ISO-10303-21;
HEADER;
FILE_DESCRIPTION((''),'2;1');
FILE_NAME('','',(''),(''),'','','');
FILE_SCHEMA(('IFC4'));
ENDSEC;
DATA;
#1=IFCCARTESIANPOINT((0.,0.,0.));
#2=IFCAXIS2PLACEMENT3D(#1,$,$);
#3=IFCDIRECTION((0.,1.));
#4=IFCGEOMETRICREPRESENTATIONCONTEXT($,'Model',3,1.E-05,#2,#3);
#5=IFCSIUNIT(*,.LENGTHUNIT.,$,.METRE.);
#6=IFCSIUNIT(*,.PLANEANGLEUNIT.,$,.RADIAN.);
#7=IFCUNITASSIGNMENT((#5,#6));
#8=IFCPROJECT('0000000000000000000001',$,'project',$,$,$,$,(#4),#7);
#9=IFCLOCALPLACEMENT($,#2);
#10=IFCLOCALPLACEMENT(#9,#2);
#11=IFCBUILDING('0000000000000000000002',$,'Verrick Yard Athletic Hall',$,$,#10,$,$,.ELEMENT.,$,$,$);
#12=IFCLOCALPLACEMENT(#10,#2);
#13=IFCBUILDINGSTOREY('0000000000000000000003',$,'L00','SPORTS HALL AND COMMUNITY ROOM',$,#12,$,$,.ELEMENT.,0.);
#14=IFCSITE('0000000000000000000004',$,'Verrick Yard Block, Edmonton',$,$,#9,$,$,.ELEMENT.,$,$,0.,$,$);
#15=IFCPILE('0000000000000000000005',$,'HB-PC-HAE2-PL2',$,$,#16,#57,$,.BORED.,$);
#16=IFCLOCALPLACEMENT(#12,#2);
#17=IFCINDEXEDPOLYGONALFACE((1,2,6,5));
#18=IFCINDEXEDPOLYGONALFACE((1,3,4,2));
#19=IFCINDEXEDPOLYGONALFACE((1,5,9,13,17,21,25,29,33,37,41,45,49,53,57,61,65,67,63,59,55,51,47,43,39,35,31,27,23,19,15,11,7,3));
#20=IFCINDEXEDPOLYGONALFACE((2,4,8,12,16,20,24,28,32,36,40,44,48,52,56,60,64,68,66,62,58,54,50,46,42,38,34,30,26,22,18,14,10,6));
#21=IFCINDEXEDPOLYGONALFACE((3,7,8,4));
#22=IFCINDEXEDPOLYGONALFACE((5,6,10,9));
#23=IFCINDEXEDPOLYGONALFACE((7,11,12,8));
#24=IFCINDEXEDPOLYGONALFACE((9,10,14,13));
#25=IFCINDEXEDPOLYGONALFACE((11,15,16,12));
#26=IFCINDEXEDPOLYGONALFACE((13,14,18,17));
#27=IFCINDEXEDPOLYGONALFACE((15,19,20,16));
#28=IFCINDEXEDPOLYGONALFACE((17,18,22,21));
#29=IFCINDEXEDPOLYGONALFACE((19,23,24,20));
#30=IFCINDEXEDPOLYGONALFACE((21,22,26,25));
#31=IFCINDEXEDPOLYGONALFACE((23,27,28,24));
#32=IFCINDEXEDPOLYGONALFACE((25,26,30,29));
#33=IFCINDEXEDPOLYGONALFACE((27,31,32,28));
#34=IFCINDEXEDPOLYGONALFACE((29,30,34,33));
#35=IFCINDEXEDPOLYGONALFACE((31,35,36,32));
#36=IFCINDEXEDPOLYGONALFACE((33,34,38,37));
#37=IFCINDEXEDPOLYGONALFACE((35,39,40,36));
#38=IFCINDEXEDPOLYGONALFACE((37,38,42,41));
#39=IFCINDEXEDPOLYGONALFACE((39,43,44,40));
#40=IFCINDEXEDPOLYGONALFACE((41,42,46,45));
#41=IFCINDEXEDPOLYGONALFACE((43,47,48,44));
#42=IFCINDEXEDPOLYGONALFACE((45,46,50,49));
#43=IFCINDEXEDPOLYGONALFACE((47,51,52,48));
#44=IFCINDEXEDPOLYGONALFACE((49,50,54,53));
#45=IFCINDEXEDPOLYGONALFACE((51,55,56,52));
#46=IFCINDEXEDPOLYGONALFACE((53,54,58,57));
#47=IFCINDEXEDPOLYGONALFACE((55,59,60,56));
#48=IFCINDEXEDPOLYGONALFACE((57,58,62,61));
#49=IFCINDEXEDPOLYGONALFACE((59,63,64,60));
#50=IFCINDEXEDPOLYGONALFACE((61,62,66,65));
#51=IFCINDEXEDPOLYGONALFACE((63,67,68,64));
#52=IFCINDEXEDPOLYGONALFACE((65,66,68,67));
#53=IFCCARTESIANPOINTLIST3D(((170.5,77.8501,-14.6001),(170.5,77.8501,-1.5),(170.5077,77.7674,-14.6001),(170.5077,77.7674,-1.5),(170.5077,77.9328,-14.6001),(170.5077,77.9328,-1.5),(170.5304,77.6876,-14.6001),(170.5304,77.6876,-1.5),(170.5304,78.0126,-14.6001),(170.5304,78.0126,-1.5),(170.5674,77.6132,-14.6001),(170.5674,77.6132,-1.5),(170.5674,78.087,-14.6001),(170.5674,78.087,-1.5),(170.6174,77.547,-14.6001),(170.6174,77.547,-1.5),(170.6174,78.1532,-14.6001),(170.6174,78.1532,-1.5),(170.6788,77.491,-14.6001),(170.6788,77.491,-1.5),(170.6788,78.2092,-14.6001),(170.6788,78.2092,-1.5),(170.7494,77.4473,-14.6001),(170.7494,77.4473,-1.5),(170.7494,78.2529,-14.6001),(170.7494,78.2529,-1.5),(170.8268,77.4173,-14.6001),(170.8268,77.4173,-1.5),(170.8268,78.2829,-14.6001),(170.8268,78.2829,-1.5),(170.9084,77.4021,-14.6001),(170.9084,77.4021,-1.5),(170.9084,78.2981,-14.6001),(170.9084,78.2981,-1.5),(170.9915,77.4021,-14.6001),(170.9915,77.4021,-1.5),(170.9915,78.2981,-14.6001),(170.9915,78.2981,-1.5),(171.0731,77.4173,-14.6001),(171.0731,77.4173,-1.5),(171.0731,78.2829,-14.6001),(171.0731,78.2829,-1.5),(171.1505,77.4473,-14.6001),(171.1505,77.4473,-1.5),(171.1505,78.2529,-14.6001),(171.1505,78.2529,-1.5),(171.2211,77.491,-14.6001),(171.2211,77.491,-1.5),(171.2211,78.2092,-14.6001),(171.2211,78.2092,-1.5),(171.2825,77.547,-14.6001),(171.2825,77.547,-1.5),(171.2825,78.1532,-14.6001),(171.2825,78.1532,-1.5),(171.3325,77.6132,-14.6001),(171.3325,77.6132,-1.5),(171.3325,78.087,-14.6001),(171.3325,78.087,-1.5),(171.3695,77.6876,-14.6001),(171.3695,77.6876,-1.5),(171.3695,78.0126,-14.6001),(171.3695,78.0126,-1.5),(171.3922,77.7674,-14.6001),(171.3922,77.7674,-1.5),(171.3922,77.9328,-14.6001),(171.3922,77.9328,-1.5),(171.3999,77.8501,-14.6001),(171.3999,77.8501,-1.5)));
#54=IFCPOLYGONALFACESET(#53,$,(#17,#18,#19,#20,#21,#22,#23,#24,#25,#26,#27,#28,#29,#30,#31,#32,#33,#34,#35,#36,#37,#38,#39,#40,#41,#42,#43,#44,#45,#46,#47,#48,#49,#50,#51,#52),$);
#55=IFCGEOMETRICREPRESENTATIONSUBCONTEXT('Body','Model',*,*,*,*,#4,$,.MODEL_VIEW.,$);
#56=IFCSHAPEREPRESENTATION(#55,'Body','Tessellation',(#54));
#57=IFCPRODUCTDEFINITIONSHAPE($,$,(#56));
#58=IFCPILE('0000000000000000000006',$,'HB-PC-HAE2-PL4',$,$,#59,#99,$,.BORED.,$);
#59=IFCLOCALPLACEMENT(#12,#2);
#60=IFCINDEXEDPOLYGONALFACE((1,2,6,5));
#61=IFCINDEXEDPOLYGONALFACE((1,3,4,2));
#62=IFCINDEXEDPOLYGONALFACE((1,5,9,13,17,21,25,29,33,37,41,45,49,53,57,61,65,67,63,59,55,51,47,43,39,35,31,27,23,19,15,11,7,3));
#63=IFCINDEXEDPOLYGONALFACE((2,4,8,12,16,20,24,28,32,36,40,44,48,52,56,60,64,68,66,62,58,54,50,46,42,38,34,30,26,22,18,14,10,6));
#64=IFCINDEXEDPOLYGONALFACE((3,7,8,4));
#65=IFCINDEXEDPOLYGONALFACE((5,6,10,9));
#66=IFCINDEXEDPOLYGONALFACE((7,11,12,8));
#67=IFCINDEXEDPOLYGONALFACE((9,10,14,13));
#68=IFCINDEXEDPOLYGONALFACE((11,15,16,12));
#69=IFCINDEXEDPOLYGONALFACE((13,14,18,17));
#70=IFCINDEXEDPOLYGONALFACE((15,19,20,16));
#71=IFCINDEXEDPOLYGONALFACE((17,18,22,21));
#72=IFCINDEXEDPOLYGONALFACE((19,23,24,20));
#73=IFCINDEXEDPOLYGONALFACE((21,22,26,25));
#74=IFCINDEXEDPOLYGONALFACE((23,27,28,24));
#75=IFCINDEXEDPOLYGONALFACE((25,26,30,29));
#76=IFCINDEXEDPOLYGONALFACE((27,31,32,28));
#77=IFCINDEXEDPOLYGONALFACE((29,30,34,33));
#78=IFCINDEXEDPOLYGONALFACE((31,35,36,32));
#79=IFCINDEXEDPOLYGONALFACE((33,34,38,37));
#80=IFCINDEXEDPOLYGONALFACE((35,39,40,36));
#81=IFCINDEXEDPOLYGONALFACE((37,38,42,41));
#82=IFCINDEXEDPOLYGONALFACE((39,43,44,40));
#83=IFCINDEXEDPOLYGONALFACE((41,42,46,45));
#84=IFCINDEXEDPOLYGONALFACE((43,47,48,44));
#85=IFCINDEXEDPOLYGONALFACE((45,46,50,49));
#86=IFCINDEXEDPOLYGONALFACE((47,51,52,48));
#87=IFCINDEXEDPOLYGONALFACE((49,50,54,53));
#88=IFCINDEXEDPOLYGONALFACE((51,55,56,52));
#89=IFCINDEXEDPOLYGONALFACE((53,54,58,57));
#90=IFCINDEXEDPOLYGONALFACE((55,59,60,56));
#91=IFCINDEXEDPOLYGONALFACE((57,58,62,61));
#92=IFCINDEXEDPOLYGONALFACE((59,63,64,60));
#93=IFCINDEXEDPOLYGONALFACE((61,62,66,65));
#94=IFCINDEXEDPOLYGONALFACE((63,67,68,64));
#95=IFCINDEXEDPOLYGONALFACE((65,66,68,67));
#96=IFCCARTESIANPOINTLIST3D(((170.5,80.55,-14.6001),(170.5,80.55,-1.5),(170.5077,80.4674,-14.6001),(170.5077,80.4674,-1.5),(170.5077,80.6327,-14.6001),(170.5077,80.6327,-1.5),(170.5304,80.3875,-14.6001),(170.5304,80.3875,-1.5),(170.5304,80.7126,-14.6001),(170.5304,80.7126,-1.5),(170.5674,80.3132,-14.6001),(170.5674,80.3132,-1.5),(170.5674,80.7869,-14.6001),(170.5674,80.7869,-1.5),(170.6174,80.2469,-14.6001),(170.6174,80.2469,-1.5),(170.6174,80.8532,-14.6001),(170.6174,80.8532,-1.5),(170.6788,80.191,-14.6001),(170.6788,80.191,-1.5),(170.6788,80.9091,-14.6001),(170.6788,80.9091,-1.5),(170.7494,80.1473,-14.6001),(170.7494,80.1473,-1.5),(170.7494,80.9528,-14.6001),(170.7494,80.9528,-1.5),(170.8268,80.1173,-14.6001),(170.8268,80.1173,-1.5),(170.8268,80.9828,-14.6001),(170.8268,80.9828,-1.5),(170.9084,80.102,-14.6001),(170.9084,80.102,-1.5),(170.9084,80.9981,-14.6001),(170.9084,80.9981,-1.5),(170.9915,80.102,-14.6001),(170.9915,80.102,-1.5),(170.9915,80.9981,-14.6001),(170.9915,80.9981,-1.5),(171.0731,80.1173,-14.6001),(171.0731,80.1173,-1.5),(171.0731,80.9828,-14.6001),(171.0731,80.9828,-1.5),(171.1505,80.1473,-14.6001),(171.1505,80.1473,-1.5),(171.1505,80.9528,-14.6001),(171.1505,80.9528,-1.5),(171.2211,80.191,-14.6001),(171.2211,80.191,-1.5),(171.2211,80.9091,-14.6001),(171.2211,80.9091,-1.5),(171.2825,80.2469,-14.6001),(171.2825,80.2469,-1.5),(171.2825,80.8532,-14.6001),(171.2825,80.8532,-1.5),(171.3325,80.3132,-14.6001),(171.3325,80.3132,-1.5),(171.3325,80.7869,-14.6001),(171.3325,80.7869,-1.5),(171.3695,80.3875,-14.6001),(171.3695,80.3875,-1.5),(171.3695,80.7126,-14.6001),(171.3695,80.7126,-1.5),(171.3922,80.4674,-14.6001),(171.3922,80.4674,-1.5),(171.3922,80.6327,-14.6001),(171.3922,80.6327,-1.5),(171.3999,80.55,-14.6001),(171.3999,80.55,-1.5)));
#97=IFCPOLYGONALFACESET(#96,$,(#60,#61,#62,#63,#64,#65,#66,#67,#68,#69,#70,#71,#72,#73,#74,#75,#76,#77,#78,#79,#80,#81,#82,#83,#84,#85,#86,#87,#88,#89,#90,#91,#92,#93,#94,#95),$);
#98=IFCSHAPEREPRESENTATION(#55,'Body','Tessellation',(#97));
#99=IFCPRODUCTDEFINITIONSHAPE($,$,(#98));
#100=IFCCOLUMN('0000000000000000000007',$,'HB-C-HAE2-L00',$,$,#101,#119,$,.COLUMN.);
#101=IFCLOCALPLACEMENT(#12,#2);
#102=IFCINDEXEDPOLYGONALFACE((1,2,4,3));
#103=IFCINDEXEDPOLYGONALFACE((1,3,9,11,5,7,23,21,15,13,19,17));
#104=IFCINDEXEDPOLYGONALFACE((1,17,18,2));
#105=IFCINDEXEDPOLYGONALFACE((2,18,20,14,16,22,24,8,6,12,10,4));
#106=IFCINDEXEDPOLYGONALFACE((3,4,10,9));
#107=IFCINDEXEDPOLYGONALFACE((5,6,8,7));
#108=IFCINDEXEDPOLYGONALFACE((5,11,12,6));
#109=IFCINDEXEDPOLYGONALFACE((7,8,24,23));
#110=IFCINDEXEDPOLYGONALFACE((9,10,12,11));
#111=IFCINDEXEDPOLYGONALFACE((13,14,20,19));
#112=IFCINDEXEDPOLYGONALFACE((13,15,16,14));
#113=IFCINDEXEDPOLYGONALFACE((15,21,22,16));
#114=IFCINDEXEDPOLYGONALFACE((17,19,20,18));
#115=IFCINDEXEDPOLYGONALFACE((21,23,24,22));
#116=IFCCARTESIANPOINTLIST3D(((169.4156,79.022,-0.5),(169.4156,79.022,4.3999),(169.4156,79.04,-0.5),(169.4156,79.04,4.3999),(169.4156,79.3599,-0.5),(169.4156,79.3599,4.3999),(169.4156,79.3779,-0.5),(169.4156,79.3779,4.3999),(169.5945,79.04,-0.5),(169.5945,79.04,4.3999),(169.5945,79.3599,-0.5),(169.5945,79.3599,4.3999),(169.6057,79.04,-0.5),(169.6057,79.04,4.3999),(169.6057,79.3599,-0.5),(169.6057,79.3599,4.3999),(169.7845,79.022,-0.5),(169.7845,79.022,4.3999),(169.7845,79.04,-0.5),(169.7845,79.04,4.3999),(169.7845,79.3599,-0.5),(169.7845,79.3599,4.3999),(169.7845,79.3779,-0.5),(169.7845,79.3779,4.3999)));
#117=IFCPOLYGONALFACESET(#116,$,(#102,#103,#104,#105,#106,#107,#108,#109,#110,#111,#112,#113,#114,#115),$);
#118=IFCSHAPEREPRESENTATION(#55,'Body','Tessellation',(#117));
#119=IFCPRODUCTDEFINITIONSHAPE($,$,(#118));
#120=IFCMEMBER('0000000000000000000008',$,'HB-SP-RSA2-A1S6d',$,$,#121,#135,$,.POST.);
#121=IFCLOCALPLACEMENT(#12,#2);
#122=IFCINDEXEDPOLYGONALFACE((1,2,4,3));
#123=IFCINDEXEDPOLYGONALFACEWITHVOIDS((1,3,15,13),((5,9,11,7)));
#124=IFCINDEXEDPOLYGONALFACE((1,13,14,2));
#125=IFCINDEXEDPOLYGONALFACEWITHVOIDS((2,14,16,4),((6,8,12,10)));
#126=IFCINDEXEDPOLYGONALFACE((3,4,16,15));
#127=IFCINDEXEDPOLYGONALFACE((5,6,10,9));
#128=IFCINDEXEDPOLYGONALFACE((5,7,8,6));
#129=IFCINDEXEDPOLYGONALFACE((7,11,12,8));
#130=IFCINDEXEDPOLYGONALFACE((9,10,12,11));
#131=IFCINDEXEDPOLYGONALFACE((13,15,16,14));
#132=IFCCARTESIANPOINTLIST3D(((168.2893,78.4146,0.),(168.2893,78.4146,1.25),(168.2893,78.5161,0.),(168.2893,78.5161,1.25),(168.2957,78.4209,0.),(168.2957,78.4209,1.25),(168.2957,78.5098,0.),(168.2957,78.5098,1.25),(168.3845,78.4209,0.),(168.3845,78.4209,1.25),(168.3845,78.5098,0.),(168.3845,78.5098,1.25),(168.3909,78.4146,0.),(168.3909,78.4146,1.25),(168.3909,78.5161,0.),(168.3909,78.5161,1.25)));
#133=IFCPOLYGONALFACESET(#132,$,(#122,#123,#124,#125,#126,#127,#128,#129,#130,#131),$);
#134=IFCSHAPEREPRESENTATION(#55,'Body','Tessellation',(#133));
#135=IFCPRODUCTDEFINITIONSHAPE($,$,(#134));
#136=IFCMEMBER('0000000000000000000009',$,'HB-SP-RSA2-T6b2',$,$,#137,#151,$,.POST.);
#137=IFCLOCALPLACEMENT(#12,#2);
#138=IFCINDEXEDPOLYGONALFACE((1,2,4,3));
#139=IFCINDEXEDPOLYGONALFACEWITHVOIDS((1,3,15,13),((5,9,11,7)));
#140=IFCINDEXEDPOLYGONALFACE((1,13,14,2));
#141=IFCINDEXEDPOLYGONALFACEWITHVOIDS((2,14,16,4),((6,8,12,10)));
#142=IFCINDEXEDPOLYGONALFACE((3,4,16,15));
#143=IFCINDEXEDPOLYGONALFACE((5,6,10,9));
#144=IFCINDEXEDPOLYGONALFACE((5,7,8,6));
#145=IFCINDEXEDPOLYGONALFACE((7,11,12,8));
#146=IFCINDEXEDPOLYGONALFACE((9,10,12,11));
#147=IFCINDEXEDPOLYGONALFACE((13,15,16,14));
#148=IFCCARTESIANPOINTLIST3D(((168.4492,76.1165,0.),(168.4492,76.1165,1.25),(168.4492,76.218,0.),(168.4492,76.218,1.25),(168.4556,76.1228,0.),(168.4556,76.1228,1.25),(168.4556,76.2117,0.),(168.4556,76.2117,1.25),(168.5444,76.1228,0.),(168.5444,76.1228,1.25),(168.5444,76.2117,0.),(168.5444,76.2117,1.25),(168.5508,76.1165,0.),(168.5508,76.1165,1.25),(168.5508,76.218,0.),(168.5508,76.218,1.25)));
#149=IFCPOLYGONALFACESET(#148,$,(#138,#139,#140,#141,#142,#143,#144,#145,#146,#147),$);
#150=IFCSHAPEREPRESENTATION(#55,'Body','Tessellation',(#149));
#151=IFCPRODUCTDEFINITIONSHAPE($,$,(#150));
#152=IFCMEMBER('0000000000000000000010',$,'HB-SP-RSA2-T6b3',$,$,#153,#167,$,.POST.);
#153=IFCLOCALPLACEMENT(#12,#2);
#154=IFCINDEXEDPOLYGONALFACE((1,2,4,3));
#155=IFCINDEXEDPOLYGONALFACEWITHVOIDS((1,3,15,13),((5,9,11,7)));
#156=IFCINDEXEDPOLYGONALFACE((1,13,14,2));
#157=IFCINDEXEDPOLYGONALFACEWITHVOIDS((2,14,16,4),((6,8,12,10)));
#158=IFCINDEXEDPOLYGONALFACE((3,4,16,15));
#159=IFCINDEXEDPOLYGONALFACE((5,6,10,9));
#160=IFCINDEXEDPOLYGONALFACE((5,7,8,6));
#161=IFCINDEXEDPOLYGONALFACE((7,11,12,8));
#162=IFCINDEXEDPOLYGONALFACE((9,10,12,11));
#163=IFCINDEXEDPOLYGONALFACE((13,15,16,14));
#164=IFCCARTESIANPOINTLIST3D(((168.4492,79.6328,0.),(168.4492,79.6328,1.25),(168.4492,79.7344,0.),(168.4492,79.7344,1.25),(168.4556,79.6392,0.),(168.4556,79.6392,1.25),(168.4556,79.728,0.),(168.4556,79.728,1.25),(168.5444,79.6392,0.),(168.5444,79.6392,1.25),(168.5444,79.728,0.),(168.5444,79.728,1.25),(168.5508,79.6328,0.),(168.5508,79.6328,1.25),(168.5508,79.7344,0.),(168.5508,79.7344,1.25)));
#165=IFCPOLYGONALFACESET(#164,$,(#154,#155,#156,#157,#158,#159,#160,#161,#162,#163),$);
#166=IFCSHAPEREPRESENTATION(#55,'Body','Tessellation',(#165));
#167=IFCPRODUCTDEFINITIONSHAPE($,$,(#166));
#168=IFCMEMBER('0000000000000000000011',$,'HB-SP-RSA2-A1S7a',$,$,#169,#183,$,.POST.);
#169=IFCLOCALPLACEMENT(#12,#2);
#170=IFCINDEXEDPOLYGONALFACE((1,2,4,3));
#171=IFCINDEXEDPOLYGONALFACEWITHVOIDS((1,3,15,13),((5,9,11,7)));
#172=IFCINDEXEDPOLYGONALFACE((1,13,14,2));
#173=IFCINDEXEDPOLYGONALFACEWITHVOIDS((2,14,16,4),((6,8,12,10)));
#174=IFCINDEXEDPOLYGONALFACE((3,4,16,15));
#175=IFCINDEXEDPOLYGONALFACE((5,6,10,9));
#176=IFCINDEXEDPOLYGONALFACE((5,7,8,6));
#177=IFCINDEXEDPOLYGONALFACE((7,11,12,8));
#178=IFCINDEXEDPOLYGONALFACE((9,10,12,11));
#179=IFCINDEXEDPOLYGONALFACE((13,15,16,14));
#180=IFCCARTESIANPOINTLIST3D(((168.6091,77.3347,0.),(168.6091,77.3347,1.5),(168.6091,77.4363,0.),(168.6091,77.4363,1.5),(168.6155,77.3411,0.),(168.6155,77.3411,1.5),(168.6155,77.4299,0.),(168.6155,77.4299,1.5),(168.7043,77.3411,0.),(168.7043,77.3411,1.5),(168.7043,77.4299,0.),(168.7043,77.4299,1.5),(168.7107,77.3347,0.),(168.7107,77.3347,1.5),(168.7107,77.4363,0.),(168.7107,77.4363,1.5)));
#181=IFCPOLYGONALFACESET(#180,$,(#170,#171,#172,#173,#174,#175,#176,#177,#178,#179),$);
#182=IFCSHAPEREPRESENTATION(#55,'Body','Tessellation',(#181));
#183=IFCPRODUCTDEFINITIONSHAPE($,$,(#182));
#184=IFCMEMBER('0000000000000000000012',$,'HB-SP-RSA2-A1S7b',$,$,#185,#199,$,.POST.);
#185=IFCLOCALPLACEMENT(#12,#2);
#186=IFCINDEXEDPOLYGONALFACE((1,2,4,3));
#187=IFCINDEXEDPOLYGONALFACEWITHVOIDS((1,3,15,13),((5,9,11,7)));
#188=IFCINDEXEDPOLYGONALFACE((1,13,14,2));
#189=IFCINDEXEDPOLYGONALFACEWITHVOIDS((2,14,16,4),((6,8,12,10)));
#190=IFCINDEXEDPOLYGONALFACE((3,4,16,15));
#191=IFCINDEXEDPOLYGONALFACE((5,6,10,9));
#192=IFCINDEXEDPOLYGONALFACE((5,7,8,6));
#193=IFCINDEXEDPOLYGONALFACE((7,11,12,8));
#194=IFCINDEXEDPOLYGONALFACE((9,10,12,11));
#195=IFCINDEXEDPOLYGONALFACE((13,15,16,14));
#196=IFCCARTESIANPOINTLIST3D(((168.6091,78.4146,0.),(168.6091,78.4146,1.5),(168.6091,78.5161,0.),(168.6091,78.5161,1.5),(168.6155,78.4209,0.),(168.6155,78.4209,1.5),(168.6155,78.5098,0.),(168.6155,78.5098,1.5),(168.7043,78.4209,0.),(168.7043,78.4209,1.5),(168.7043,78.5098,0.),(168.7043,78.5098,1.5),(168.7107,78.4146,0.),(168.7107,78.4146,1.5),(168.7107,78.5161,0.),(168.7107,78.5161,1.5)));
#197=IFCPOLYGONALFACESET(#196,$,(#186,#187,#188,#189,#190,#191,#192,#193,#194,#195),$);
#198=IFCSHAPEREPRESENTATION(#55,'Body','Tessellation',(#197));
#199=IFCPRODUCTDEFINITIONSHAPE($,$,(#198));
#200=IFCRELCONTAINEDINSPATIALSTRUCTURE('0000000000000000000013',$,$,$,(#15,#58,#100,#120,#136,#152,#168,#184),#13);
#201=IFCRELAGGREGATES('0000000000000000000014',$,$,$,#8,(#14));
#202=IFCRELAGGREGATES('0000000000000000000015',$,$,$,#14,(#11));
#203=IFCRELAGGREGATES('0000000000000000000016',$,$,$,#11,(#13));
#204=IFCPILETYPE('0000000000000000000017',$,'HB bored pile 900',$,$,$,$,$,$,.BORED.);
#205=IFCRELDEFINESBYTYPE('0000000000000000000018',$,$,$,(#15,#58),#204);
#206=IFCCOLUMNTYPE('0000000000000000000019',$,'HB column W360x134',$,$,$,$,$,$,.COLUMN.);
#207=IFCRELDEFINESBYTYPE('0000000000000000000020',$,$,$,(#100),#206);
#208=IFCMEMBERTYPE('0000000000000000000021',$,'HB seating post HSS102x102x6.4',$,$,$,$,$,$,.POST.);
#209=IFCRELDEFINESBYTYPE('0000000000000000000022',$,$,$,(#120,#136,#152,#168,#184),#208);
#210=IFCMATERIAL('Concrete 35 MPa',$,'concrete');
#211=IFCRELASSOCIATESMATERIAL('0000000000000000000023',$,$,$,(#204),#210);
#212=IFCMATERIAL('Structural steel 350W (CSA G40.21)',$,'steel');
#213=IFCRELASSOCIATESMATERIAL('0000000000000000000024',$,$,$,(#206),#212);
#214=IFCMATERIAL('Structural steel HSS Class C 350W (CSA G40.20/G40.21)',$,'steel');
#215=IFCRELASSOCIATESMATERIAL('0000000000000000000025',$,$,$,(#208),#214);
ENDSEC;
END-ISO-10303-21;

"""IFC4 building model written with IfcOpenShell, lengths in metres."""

from ifc_helpers import new_model, si_unit, direction, frame, origin, origin_2d, place, context, subcontext, project, spatial, hollow_rectangle, circle, i_section, extrude, material, material_profile, profile_set, type_object, element, save


model = new_model("IFC4")

# Units and contexts
model_context = context("Model", 3, precision=1e-05, world=origin(), true_north=direction((0.0, 1.0)))
body_context = subcontext(model_context, "Body", "Model", "MODEL_VIEW")
ifc_project = project(units=[si_unit("LENGTHUNIT", "METRE"), si_unit("PLANEANGLEUNIT", "RADIAN")], contexts=[model_context])

# Site, building, storey
site_placement = place(None, origin())
site = spatial("IfcSite", under=ifc_project, at=site_placement, Name="Verrick Yard Block, Edmonton", CompositionType="ELEMENT", RefElevation=0.0)
building_placement = place(site_placement, origin())
building = spatial("IfcBuilding", under=site, at=building_placement, Name="Verrick Yard Athletic Hall", CompositionType="ELEMENT")
storey_placement = place(building_placement, origin())
storey = spatial("IfcBuildingStorey", under=building, at=storey_placement, Name="L00", Description="SPORTS HALL AND COMMUNITY ROOM", CompositionType="ELEMENT", Elevation=0.0)

# Piles
ifc_material_1 = material(Name="Concrete 35 MPa", Category="concrete")
ifc_material_profile_1 = material_profile(ifc_material_1, circle(Radius=0.45, at=origin_2d()), Name="Bored pile 900")
ifc_profile_set_1 = profile_set([ifc_material_profile_1], Name="Concrete 35 MPa")
pile_type = type_object("IfcPileType", Name="HB bored pile 900", PredefinedType="BORED", material=ifc_profile_set_1)
for number, where, z_axis, x_axis, name in (
    (1, (170.95, 77.8501, -1.5), (0.0, 0.0, -1.0), (1.0, 0.0, 0.0), "HB-PC-HAE2-PL2"),
    (2, (170.95, 80.55, -1.5), (0.0, 0.0, -1.0), (1.0, 0.0, 0.0), "HB-PC-HAE2-PL4"),
):
    element("IfcPile", number, at=place(storey_placement, frame(where, z_axis=z_axis, x_axis=x_axis)), inside=storey, type_object=pile_type, Name=name, PredefinedType="BORED", context=body_context, shape_type="SweptSolid", body=[
        extrude(circle(Radius=0.45, at=origin_2d()), origin(), (0.0, 0.0, 1.0), 13.1001),
    ])

# Column
ifc_material_2 = material(Name="Structural steel 350W (CSA G40.21)", Category="steel")
ifc_material_profile_2 = material_profile(ifc_material_2, i_section(OverallWidth=0.3689, OverallDepth=0.356, WebThickness=0.0112, FlangeThickness=0.0181, at=origin_2d()), Name="W360x134")
ifc_profile_set_2 = profile_set([ifc_material_profile_2], Name="Structural steel 350W (CSA G40.21)")
column_type = type_object("IfcColumnType", Name="HB column W360x134", PredefinedType="COLUMN", material=ifc_profile_set_2)
column_placement = place(storey_placement, frame((169.6001, 79.2, -0.5), z_axis=(0.0, 0.0, 1.0), x_axis=(1.0, 0.0, 0.0)))
element("IfcColumn", 3, at=column_placement, inside=storey, type_object=column_type, Name="HB-C-HAE2-L00", PredefinedType="COLUMN", context=body_context, shape_type="SweptSolid", body=[
    extrude(i_section(OverallWidth=0.3689, OverallDepth=0.356, WebThickness=0.0112, FlangeThickness=0.0181, at=origin_2d()), origin(), (0.0, 0.0, 1.0), 4.8999),
])

# Members
ifc_material_3 = material(Name="Structural steel HSS Class C 350W (CSA G40.20/G40.21)", Category="steel")
ifc_material_profile_3 = material_profile(ifc_material_3, hollow_rectangle(XDim=0.1016, YDim=0.1016, WallThickness=0.0063, at=origin_2d()), Name="HSS102x102x6.4")
ifc_profile_set_3 = profile_set([ifc_material_profile_3], Name="Structural steel HSS Class C 350W (CSA G40.20/G40.21)")
member_type = type_object("IfcMemberType", Name="HB seating post HSS102x102x6.4", PredefinedType="POST", material=ifc_profile_set_3)
for number, where, z_axis, x_axis, name in (
    (4, (168.3401, 78.4653, 0.0), (0.0, 0.0, 1.0), (0.0, 1.0, 0.0), "HB-SP-RSA2-A1S6d"),
    (5, (168.5, 76.1672, 0.0), (0.0, 0.0, 1.0), (0.0, 1.0, 0.0), "HB-SP-RSA2-T6b2"),
    (6, (168.5, 79.6836, 0.0), (0.0, 0.0, 1.0), (0.0, 1.0, 0.0), "HB-SP-RSA2-T6b3"),
):
    element("IfcMember", number, at=place(storey_placement, frame(where, z_axis=z_axis, x_axis=x_axis)), inside=storey, type_object=member_type, Name=name, PredefinedType="POST", context=body_context, shape_type="SweptSolid", body=[
        extrude(hollow_rectangle(XDim=0.1016, YDim=0.1016, WallThickness=0.0063, at=origin_2d()), origin(), (0.0, 0.0, 1.0), 1.25),
    ])
for number, where, z_axis, x_axis, name in (
    (7, (168.6599, 77.3855, 0.0), (0.0, 0.0, 1.0), (0.0, 1.0, 0.0), "HB-SP-RSA2-A1S7a"),
    (8, (168.6599, 78.4653, 0.0), (0.0, 0.0, 1.0), (0.0, 1.0, 0.0), "HB-SP-RSA2-A1S7b"),
):
    element("IfcMember", number, at=place(storey_placement, frame(where, z_axis=z_axis, x_axis=x_axis)), inside=storey, type_object=member_type, Name=name, PredefinedType="POST", context=body_context, shape_type="SweptSolid", body=[
        extrude(hollow_rectangle(XDim=0.1016, YDim=0.1016, WallThickness=0.0063, at=origin_2d()), origin(), (0.0, 0.0, 1.0), 1.5),
    ])

save(model, "model.ifc")
